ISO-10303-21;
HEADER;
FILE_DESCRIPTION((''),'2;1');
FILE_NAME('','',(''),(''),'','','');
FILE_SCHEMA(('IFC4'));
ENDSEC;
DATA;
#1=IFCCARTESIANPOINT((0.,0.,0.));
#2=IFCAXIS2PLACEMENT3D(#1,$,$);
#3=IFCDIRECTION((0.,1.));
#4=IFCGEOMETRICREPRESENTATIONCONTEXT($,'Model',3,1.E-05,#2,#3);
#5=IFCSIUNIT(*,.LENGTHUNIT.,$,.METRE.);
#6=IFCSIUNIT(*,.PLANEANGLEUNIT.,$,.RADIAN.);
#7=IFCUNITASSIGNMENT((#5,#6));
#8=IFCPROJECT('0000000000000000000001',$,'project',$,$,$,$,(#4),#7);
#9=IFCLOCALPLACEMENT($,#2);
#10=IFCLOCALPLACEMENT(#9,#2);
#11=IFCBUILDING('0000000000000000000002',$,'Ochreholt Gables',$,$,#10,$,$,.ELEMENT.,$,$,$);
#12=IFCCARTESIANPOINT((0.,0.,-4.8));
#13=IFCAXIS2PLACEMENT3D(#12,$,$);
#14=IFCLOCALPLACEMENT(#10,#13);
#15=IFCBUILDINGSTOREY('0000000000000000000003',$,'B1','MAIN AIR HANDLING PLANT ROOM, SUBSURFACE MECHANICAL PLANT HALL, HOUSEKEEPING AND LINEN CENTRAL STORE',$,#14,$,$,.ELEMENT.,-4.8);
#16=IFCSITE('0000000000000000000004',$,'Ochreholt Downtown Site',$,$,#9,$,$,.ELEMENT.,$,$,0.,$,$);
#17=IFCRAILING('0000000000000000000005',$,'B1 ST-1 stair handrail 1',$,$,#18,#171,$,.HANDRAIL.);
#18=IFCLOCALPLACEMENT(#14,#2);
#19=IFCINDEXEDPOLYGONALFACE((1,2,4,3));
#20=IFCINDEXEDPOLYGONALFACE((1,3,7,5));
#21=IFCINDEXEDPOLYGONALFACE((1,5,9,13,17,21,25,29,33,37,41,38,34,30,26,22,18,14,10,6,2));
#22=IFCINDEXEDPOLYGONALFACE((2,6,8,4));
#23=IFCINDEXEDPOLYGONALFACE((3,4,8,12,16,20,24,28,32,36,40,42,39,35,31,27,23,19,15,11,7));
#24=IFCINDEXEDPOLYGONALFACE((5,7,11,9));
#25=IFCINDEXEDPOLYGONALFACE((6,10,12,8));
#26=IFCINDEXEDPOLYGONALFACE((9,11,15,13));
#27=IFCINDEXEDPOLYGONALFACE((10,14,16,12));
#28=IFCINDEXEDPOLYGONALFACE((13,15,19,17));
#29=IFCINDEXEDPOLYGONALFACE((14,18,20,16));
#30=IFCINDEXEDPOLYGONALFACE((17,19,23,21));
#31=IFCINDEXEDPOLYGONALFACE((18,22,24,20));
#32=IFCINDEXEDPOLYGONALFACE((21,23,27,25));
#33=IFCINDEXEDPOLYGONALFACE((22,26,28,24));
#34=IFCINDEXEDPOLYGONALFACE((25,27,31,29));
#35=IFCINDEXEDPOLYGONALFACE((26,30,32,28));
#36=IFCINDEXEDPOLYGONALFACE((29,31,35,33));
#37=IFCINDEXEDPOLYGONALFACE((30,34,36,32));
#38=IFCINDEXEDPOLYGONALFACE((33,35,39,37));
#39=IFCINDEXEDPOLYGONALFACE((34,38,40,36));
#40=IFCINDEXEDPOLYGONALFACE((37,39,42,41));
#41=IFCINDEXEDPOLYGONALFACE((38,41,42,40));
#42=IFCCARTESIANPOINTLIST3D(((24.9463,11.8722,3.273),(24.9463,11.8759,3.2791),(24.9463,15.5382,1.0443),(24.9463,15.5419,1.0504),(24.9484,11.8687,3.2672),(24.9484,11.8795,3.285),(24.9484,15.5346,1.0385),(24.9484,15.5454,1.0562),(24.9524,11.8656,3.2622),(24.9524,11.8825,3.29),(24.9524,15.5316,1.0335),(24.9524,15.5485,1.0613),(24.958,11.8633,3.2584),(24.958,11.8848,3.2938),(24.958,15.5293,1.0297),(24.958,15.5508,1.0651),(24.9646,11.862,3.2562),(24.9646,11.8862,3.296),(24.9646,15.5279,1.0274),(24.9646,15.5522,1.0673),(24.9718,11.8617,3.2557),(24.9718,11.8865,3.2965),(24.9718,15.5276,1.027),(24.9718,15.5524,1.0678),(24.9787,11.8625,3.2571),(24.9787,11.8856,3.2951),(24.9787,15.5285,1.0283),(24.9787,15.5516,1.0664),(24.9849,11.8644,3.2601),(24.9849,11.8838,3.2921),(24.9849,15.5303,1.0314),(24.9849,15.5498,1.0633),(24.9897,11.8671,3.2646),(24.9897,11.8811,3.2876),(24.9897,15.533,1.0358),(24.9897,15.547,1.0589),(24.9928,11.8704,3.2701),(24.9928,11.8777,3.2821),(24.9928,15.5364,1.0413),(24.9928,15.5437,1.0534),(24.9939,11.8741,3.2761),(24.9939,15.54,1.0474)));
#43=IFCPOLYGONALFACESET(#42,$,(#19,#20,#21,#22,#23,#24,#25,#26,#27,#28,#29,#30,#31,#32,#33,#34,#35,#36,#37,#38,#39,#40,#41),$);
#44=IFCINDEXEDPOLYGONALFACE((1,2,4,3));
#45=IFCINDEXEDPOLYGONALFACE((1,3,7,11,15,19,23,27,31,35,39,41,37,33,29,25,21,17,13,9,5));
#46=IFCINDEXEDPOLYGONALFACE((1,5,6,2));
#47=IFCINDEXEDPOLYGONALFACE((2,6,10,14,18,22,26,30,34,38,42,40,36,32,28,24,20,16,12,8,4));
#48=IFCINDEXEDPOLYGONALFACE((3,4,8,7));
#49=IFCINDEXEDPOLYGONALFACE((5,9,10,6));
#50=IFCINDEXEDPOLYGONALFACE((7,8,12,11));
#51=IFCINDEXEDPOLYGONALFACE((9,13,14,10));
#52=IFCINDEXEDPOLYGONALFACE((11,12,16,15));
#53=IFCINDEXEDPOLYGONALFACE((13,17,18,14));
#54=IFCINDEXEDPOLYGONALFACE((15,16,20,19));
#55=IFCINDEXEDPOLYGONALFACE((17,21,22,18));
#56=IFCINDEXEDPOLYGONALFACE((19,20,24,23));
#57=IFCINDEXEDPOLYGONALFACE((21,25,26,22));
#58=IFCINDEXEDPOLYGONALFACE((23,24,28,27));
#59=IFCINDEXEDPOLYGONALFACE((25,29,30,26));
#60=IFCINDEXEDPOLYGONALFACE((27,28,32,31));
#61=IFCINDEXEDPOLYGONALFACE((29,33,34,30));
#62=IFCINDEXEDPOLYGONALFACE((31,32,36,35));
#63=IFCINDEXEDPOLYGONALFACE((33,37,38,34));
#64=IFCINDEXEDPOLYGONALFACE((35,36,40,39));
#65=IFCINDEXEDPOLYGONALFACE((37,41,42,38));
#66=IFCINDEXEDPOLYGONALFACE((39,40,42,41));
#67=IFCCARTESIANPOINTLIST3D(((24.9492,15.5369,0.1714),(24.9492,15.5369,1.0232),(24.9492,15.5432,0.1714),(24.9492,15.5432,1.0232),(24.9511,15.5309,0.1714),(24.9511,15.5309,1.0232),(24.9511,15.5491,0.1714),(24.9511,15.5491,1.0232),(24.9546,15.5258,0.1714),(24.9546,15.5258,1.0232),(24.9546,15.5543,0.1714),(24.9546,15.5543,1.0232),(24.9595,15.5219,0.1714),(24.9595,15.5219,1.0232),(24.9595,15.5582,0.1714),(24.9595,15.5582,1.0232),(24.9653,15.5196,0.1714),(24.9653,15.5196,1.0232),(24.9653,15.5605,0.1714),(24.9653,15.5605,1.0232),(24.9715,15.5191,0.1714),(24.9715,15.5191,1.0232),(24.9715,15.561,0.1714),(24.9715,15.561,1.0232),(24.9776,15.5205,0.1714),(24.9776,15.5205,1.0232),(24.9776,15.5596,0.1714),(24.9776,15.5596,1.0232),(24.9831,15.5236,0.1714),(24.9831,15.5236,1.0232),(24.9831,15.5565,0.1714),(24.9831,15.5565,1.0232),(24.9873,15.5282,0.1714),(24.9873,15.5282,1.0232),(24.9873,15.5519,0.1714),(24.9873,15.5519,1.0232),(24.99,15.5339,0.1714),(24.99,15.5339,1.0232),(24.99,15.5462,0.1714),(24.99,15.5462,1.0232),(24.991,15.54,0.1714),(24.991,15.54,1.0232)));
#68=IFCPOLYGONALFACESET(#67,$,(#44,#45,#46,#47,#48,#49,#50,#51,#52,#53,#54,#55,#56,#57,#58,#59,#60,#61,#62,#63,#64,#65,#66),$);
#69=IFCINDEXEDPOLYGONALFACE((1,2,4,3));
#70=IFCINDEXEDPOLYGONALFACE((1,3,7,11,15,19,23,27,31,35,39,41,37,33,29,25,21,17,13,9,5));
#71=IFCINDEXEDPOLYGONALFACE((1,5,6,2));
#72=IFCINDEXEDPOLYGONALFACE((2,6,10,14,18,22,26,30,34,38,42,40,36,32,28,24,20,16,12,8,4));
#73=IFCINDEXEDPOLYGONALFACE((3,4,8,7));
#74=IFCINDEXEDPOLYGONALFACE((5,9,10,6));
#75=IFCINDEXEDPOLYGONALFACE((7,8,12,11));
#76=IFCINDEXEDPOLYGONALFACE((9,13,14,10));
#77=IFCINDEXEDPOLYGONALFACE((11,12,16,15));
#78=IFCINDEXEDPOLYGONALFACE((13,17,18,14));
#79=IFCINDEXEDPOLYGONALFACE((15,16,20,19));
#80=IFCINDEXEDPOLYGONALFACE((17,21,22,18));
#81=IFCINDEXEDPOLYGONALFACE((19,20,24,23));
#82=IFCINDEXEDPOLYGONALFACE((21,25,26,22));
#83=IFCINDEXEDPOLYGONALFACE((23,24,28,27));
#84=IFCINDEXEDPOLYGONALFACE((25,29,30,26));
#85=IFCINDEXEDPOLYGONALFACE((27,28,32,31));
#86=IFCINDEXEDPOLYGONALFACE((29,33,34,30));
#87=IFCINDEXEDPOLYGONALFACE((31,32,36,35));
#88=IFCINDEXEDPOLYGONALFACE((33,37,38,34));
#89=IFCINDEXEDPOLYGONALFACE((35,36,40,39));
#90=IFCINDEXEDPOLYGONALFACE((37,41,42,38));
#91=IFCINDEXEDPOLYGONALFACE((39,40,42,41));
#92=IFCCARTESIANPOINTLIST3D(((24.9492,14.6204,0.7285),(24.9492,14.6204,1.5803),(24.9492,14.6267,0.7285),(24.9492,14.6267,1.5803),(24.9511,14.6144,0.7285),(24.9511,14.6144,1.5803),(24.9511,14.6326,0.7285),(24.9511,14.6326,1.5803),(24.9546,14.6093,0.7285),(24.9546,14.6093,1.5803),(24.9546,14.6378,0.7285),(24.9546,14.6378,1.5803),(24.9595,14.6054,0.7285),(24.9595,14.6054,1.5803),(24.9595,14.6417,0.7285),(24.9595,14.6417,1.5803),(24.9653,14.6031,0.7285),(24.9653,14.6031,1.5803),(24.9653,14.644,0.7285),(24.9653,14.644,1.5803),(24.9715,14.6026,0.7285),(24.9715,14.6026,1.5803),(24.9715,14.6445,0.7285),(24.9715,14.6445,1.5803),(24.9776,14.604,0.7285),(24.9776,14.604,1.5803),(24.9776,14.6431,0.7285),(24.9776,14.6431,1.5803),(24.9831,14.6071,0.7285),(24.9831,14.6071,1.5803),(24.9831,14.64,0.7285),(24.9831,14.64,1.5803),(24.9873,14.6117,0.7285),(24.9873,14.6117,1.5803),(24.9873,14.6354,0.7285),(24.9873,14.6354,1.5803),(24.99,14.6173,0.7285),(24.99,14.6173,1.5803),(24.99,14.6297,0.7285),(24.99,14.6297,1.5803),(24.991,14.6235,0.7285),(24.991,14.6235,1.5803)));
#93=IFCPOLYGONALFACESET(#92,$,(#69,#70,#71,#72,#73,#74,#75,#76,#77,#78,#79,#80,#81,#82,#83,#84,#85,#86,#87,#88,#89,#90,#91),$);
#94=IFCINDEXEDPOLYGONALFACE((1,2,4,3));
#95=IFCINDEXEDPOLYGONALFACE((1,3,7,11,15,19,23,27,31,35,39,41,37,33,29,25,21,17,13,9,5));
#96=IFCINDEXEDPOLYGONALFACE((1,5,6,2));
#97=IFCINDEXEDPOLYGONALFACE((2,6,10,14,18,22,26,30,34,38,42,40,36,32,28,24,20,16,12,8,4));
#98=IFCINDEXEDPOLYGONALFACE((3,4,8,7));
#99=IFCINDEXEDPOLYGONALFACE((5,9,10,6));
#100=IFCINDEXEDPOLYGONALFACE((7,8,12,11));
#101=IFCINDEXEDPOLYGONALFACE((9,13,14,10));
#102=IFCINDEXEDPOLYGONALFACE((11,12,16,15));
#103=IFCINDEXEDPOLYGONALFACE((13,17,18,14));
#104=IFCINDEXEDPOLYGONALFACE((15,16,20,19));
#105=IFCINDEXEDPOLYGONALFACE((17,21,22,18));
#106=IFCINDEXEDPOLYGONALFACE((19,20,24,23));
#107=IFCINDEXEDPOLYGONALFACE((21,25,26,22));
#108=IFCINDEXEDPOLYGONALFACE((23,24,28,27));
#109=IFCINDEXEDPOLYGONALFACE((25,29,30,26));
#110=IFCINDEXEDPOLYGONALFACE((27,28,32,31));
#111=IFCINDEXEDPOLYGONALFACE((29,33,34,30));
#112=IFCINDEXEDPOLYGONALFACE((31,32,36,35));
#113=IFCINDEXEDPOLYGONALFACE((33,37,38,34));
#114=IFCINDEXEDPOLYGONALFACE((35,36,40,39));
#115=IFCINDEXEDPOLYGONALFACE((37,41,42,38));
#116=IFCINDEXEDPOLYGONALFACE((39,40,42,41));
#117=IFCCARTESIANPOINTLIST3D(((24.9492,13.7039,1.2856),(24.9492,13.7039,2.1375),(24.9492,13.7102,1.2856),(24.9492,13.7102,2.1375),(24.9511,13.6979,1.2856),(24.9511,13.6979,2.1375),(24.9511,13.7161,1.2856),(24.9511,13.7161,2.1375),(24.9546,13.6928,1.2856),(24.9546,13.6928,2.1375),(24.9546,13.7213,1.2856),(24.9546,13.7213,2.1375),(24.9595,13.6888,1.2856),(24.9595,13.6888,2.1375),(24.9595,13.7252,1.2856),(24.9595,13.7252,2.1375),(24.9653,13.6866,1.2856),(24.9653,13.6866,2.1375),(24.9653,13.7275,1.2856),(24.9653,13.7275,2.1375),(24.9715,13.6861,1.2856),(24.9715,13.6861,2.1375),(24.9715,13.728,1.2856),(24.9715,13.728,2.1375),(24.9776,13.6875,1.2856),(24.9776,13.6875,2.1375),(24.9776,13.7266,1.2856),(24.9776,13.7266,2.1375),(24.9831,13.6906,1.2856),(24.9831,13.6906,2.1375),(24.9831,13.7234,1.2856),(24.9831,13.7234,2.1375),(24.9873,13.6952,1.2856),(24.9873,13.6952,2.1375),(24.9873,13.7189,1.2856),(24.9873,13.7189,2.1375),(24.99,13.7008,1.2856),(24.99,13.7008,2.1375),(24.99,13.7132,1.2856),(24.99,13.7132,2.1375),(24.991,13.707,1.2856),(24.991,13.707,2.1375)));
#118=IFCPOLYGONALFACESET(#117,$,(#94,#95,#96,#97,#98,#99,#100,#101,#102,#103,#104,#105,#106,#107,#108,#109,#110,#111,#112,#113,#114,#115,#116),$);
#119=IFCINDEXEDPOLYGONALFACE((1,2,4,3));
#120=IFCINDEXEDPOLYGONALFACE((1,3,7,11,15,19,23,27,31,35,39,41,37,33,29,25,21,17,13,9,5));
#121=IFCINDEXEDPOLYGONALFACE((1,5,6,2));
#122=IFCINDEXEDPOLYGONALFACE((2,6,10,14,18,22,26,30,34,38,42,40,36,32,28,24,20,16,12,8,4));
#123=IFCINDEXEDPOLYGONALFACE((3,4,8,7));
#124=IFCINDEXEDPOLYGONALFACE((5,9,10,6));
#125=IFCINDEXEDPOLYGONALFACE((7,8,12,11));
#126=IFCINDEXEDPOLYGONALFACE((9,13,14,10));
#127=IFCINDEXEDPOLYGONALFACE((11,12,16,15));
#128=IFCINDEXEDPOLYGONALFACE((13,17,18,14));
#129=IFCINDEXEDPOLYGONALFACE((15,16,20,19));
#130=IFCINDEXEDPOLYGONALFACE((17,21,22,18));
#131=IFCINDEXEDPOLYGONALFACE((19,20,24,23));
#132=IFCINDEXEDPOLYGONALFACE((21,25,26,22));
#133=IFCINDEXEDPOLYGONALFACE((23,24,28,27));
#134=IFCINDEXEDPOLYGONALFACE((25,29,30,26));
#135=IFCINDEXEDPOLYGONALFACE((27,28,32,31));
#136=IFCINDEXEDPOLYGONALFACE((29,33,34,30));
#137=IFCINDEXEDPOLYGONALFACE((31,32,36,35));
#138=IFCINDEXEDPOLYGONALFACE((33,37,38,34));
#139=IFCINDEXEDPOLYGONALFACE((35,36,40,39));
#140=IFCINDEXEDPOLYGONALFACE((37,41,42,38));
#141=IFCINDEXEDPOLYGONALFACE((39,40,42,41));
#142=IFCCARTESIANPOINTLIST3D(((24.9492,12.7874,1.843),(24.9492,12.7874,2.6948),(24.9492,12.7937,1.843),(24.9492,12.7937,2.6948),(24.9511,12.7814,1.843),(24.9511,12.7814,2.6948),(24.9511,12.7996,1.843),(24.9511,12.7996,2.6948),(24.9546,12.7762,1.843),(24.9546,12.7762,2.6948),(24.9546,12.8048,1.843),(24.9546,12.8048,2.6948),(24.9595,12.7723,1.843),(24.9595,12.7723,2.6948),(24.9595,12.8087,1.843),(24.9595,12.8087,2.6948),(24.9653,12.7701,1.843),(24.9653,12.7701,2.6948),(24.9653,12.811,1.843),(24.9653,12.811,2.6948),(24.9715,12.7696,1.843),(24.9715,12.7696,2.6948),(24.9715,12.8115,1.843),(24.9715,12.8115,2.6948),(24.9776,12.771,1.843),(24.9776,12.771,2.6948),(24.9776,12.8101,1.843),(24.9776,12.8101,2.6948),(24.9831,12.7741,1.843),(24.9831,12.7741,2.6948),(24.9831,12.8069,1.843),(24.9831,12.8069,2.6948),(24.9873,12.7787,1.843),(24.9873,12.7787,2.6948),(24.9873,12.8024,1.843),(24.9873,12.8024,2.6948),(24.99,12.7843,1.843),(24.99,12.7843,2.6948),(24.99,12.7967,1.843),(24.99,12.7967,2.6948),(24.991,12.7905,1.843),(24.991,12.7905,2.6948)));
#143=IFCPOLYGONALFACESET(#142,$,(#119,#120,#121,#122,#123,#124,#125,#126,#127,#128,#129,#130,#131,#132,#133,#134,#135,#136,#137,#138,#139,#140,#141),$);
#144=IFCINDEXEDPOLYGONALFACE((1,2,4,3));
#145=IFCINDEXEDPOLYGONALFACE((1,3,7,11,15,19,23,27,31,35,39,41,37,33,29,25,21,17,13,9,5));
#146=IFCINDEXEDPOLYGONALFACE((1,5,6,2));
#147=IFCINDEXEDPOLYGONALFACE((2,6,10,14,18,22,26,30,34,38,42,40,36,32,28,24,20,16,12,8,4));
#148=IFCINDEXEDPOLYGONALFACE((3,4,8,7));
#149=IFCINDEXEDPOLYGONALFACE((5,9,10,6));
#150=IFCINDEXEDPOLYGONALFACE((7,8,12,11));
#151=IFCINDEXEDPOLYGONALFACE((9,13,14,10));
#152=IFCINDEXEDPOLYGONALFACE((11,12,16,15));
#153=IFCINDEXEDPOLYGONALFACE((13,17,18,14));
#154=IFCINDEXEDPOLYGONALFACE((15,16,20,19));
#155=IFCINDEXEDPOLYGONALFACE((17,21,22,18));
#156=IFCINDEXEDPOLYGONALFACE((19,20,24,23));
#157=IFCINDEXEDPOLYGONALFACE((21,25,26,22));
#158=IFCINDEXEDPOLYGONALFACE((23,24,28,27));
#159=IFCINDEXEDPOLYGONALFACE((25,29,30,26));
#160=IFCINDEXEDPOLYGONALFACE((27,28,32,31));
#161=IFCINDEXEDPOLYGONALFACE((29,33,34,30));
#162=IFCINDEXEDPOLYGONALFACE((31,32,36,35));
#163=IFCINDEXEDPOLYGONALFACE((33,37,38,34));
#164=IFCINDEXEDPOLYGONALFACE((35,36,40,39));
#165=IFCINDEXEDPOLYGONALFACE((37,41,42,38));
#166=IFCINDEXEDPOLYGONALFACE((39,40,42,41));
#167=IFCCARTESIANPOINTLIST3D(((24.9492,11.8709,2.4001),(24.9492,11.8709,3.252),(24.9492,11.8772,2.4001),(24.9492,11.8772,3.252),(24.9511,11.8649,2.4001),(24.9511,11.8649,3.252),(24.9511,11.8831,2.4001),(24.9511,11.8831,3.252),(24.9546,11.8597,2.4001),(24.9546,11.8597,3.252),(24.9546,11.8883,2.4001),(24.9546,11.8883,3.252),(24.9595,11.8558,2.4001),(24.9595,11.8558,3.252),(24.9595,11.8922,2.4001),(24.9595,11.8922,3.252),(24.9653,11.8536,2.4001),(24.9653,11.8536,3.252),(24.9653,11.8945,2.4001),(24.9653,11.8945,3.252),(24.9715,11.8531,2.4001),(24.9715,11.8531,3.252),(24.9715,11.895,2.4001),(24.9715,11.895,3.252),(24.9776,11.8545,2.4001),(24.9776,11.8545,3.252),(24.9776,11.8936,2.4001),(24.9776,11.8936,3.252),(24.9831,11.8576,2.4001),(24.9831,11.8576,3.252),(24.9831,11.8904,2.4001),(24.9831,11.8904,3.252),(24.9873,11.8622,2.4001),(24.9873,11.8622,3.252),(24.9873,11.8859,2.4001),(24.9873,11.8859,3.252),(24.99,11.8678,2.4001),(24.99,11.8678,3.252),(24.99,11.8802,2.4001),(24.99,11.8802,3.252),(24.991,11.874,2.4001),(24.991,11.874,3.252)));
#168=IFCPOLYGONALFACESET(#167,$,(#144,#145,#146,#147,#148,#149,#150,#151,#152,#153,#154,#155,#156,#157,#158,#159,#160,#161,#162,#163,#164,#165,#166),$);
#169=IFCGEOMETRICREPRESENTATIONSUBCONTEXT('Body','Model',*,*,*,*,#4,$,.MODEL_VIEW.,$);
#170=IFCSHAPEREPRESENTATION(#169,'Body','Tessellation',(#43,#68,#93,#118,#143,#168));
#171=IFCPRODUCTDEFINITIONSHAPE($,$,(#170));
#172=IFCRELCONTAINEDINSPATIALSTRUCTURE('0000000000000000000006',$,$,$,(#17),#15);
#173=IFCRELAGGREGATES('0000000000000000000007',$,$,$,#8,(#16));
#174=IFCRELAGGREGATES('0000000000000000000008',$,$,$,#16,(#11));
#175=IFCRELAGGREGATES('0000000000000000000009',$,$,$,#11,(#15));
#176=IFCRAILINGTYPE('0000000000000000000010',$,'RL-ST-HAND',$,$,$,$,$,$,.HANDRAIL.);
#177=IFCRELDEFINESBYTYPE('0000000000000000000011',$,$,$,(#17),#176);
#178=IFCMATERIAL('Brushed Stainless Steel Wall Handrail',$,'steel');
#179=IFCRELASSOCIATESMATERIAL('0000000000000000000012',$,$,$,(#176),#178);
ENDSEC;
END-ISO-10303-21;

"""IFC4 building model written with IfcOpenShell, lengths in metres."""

from ifc_helpers import new_model, si_unit, direction, frame, origin, origin_2d, place, context, subcontext, project, spatial, circle, extrude, material, type_object, element, save


model = new_model("IFC4")

# Units and contexts
model_context = context("Model", 3, precision=1e-05, world=origin(), true_north=direction((0.0, 1.0)))
body_context = subcontext(model_context, "Body", "Model", "MODEL_VIEW")
ifc_project = project(units=[si_unit("LENGTHUNIT", "METRE"), si_unit("PLANEANGLEUNIT", "RADIAN")], contexts=[model_context])

# Site, building, storey
site_placement = place(None, origin())
site = spatial("IfcSite", under=ifc_project, at=site_placement, Name="Ochreholt Downtown Site", CompositionType="ELEMENT", RefElevation=0.0)
building_placement = place(site_placement, origin())
building = spatial("IfcBuilding", under=site, at=building_placement, Name="Ochreholt Gables", CompositionType="ELEMENT")
storey_placement = place(building_placement, frame((0.0, 0.0, -4.8)))
storey = spatial("IfcBuildingStorey", under=building, at=storey_placement, Name="B1", Description="MAIN AIR HANDLING PLANT ROOM, SUBSURFACE MECHANICAL PLANT HALL, HOUSEKEEPING AND LINEN CENTRAL STORE", CompositionType="ELEMENT", Elevation=-4.8)

# Railing
ifc_material_1 = material(Name="Brushed Stainless Steel Wall Handrail", Category="steel")
railing_type_1 = type_object("IfcRailingType", Name="RL-ST-HAND", PredefinedType="HANDRAIL", material=ifc_material_1)
railing_1_placement = place(storey_placement, frame((24.97, 15.54, 0.1714)))
element("IfcRailing", 1, at=railing_1_placement, inside=storey, type_object=railing_type_1, Name="B1 ST-1 stair handrail 1", PredefinedType="HANDRAIL", context=body_context, shape_type="SweptSolid", body=[
    extrude(circle(Radius=0.0239, at=origin_2d()), frame((0.0, 0.0, 0.876), z_axis=(0.0, -0.854481, 0.519483), x_axis=(1.0, 0.0, 0.0)), (0.0, 0.0, 1.0), 4.2903),
    extrude(circle(Radius=0.021, at=origin_2d()), origin(), (0.0, 0.0, 1.0), 0.8518),
    extrude(circle(Radius=0.021, at=origin_2d()), frame((0.0, -0.9165, 0.5571)), (0.0, 0.0, 1.0), 0.8518),
    extrude(circle(Radius=0.021, at=origin_2d()), frame((0.0, -1.833, 1.1143)), (0.0, 0.0, 1.0), 0.8518),
    extrude(circle(Radius=0.021, at=origin_2d()), frame((0.0, -2.7495, 1.6716)), (0.0, 0.0, 1.0), 0.8518),
    extrude(circle(Radius=0.021, at=origin_2d()), frame((0.0, -3.666, 2.2288)), (0.0, 0.0, 1.0), 0.8518),
])

save(model, "model.ifc")
